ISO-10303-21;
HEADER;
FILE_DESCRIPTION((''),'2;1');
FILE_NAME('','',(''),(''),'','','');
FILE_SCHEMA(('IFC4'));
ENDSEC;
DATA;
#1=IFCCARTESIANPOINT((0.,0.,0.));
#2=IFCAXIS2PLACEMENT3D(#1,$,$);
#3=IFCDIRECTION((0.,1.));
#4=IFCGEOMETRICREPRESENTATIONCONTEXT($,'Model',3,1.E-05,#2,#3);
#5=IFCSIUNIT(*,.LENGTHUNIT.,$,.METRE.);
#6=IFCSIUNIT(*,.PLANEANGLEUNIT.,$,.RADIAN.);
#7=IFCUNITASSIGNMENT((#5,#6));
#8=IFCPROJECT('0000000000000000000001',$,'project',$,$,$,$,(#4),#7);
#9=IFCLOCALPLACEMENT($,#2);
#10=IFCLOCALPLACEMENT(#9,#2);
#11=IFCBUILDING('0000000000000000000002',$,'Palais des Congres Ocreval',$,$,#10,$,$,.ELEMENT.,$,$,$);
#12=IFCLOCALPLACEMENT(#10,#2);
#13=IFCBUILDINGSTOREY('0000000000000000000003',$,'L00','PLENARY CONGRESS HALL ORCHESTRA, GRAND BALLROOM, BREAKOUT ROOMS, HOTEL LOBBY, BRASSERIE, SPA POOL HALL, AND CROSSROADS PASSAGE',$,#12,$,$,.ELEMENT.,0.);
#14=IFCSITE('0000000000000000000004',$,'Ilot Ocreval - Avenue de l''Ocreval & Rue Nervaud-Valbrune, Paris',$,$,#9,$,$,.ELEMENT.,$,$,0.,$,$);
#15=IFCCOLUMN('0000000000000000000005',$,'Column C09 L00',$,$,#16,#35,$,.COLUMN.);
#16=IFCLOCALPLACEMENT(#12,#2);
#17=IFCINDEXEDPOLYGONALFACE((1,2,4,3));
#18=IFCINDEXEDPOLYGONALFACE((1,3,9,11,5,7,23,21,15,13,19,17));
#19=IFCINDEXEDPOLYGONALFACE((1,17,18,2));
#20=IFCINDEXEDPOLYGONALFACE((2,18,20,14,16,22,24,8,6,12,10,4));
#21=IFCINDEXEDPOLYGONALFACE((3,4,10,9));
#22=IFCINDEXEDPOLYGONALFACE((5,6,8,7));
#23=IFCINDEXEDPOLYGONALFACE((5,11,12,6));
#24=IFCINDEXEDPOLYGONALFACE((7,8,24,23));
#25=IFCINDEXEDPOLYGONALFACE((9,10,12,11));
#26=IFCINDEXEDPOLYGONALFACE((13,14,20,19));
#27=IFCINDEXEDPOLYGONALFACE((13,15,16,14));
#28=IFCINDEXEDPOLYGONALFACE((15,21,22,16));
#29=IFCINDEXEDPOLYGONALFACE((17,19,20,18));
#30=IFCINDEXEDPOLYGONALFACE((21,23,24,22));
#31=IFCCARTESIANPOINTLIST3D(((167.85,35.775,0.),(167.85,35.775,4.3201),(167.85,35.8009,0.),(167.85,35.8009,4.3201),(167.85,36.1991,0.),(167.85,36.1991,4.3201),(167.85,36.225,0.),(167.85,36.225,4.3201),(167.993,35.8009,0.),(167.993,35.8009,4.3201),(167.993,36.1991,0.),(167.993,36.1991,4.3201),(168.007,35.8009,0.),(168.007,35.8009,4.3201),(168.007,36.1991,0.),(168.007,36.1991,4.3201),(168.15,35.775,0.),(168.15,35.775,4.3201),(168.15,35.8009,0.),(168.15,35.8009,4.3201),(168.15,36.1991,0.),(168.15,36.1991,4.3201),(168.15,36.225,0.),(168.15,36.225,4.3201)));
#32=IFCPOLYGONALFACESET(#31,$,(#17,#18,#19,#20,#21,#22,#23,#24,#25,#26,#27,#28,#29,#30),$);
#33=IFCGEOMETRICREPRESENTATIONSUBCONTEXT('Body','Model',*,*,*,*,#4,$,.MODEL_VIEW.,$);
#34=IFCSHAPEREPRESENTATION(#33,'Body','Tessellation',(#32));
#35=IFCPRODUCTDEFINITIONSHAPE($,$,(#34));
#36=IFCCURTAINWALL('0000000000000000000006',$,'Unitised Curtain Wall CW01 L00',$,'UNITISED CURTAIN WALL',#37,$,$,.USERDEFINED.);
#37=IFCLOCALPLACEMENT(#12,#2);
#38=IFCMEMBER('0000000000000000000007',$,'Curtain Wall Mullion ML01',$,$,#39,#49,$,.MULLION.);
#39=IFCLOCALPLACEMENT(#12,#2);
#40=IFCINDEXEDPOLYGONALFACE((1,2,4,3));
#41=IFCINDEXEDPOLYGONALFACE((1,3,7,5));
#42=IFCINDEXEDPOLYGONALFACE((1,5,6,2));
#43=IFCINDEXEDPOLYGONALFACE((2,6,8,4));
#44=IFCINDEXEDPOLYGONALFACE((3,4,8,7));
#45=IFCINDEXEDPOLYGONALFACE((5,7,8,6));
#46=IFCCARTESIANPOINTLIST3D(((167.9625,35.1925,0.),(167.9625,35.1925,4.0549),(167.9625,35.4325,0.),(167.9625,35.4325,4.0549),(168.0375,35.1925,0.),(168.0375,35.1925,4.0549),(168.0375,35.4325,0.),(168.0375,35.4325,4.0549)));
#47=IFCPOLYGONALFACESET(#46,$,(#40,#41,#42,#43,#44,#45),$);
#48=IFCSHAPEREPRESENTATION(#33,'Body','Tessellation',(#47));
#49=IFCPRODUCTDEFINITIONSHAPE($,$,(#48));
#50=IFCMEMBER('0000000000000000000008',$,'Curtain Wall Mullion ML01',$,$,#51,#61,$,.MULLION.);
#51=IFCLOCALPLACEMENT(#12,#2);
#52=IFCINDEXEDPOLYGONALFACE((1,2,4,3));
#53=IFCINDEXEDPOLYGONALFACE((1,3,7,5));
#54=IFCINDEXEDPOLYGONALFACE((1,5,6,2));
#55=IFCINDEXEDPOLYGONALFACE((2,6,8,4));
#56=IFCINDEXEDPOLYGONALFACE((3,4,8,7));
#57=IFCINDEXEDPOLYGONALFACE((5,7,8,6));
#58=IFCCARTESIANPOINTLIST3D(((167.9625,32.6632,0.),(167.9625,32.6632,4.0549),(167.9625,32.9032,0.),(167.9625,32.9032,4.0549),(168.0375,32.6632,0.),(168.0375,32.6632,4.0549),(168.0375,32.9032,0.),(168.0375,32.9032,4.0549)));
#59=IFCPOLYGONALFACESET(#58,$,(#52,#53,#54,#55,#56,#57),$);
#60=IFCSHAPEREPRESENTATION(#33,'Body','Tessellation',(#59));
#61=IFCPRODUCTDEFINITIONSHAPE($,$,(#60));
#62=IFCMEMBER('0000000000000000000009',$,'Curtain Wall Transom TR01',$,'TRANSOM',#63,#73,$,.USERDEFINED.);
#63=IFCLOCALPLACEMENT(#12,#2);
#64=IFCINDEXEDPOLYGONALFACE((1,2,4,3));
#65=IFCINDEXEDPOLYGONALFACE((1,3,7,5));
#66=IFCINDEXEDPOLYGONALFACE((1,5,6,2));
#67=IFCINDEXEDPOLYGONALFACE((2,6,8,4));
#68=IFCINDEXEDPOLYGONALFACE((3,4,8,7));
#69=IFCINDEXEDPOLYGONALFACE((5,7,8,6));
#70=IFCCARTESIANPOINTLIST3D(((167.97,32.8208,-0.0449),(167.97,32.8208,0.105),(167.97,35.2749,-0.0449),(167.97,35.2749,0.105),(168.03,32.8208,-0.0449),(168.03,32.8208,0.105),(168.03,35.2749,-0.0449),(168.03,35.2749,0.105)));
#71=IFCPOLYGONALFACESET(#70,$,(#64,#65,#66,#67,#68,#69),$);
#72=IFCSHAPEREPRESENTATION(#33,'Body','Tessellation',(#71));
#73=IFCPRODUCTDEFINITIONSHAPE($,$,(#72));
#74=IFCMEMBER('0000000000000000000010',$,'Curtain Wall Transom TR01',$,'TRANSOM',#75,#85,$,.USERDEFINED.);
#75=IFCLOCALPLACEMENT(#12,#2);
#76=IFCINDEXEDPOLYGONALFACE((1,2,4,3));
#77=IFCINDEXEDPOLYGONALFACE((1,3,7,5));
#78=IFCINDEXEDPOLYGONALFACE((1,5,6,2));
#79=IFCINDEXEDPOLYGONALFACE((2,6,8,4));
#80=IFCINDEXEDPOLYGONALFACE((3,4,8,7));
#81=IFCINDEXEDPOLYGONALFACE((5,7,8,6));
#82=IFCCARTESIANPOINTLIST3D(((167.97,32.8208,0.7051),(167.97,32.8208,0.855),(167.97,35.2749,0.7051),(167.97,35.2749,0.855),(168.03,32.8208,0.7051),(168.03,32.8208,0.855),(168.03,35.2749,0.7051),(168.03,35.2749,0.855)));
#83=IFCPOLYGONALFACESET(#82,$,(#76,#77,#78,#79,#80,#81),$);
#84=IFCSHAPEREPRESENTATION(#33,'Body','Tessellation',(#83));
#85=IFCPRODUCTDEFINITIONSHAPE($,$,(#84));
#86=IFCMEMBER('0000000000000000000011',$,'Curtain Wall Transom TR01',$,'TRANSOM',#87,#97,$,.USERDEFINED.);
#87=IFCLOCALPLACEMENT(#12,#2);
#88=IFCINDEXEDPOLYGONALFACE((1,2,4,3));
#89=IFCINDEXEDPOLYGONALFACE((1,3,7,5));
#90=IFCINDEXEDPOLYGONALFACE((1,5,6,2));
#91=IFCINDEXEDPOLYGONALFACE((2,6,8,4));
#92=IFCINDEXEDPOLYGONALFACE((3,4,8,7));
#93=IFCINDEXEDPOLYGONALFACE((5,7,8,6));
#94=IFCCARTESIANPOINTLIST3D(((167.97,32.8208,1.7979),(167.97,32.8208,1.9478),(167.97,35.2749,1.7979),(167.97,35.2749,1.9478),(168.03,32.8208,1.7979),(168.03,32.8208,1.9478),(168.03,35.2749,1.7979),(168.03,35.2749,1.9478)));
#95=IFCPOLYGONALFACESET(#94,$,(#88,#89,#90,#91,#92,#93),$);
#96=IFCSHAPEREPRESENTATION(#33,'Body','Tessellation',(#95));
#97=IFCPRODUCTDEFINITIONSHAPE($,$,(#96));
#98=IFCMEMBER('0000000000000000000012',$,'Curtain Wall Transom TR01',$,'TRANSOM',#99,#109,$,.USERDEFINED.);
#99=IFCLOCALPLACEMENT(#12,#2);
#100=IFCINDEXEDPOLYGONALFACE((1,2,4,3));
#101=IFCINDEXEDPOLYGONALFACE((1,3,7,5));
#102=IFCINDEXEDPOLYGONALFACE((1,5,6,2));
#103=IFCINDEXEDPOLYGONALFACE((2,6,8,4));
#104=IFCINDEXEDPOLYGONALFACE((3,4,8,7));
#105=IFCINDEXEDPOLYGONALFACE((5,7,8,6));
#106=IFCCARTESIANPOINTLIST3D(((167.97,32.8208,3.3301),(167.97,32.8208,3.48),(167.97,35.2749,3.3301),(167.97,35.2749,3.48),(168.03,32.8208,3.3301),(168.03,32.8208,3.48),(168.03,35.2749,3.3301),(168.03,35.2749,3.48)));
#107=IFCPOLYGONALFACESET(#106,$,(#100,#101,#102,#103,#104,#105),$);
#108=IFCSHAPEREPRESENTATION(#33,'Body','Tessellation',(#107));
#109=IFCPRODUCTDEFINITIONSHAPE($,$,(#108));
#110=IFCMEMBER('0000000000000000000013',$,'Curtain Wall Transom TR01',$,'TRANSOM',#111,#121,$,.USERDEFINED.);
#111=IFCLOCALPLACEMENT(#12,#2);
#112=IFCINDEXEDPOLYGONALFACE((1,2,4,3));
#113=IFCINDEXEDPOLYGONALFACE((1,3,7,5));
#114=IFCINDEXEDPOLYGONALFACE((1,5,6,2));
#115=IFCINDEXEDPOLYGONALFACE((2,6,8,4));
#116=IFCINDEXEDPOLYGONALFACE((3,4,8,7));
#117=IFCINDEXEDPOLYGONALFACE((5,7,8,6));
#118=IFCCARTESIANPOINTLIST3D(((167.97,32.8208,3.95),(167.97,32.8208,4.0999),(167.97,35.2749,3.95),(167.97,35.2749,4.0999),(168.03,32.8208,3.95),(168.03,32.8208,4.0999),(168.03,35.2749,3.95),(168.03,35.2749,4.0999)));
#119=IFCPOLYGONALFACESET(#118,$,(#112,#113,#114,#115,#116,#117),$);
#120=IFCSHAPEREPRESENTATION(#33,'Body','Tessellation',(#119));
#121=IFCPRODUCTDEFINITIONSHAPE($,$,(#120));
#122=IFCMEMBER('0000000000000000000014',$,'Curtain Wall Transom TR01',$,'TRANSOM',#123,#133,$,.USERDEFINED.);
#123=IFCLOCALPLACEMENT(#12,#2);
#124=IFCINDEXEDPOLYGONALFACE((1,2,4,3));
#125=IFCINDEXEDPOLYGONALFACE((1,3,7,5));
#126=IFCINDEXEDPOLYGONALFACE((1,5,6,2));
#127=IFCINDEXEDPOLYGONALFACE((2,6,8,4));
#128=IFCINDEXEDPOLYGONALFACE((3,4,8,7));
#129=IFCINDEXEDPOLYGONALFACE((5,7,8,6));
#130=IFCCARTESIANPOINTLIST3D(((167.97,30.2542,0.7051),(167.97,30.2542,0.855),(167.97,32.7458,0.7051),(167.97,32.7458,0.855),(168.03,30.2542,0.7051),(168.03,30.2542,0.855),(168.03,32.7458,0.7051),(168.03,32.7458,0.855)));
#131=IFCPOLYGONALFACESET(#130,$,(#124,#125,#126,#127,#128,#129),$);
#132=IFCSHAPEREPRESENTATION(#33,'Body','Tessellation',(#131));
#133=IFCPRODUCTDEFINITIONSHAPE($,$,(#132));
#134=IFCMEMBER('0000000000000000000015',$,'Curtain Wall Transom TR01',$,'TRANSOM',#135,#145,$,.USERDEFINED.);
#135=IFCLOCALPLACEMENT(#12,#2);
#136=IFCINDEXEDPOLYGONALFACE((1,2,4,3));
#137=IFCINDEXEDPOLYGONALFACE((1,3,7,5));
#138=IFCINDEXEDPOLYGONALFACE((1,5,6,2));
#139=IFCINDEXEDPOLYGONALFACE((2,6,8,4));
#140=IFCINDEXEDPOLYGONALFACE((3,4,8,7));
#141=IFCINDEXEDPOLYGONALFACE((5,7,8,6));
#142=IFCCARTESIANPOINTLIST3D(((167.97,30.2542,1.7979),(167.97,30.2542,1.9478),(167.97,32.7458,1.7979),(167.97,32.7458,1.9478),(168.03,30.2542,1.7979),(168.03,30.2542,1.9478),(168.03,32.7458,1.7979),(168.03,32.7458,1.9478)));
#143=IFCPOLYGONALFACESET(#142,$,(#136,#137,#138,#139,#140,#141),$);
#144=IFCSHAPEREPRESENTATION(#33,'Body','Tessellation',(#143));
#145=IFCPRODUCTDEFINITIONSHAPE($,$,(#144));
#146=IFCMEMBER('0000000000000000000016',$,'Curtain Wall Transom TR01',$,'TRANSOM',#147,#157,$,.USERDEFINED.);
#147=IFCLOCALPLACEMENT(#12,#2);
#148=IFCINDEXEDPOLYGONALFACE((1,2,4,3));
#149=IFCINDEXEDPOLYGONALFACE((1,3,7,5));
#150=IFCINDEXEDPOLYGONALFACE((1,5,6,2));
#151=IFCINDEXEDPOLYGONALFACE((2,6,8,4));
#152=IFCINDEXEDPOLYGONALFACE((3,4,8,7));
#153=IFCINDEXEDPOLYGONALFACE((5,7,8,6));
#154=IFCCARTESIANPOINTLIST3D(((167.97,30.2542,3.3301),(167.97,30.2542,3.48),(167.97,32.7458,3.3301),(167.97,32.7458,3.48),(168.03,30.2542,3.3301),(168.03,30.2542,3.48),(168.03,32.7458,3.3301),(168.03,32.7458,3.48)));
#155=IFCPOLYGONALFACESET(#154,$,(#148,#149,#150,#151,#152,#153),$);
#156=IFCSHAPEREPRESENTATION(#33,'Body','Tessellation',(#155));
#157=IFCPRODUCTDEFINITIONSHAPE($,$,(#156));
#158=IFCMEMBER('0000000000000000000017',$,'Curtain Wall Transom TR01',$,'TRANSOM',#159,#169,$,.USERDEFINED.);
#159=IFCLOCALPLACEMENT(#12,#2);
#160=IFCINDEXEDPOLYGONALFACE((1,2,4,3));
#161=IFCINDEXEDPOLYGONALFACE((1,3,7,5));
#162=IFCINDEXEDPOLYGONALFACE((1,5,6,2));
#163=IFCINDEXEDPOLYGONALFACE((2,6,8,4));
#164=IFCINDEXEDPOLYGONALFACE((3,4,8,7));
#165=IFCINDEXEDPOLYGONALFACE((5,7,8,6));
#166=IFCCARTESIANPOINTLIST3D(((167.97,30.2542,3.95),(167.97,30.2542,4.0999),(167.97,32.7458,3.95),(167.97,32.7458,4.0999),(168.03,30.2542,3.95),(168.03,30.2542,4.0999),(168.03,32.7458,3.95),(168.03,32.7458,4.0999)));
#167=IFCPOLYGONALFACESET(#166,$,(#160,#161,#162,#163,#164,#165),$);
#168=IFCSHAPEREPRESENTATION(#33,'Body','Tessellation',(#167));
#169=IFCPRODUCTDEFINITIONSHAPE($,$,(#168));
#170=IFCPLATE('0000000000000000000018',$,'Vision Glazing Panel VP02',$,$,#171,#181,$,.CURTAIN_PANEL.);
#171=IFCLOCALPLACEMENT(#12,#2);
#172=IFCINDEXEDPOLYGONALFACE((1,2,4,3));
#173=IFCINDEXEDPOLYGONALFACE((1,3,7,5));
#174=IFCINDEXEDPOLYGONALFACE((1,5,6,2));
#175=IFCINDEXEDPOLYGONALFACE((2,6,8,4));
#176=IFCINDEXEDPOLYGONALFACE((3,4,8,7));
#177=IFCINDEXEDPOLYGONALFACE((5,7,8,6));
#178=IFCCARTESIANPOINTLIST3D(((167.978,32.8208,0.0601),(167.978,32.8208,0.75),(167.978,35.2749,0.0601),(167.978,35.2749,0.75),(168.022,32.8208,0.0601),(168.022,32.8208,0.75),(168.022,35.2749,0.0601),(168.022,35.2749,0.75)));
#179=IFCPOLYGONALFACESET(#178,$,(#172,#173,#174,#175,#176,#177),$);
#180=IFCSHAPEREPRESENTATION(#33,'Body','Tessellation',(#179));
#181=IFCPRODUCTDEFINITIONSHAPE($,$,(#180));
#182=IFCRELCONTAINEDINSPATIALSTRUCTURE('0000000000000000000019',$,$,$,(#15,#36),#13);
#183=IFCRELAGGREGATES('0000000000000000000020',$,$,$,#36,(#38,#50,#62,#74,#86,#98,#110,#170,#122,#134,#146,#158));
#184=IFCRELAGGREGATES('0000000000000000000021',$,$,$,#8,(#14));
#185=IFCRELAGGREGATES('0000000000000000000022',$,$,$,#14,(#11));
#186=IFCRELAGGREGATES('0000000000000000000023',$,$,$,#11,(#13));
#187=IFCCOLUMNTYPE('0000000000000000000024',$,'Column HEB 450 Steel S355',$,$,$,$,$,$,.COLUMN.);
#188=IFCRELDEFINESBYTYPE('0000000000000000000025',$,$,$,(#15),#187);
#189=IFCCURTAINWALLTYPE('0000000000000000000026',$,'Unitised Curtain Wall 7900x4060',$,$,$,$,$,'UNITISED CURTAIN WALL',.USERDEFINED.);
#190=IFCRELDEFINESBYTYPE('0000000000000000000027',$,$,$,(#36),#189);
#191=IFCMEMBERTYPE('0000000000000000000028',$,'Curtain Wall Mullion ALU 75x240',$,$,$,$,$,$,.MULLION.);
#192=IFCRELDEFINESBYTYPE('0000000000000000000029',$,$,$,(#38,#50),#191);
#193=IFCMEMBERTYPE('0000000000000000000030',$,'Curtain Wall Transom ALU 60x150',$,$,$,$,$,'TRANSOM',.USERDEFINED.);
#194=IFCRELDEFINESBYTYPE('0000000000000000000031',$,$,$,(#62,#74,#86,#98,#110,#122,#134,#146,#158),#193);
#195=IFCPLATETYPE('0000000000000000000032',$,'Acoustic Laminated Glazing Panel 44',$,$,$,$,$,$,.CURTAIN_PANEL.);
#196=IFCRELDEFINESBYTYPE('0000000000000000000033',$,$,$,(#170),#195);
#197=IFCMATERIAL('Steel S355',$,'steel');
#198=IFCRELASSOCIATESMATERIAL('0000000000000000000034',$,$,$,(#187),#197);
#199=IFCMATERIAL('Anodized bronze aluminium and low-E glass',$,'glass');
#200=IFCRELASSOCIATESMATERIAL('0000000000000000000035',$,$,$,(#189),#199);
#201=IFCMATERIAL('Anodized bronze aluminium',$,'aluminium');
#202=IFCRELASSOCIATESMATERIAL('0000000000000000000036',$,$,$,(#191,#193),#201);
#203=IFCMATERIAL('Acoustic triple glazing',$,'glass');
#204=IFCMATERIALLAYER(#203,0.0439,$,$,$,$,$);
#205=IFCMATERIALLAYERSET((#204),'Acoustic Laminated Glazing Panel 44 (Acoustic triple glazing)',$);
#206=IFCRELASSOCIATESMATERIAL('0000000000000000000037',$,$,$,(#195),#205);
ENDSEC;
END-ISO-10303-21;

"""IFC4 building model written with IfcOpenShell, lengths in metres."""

from ifc_helpers import new_model, si_unit, direction, frame, origin, origin_2d, place, context, subcontext, project, spatial, rectangle, i_section, extrude, material, layer, layer_set, material_profile, profile_set, type_object, element, aggregate, save


model = new_model("IFC4")

# Units and contexts
model_context = context("Model", 3, precision=1e-05, world=origin(), true_north=direction((0.0, 1.0)))
body_context = subcontext(model_context, "Body", "Model", "MODEL_VIEW")
ifc_project = project(units=[si_unit("LENGTHUNIT", "METRE"), si_unit("PLANEANGLEUNIT", "RADIAN")], contexts=[model_context])

# Site, building, storey
site_placement = place(None, origin())
site = spatial("IfcSite", under=ifc_project, at=site_placement, Name="Ilot Ocreval - Avenue de l'Ocreval & Rue Nervaud-Valbrune, Paris", CompositionType="ELEMENT", RefElevation=0.0)
building_placement = place(site_placement, origin())
building = spatial("IfcBuilding", under=site, at=building_placement, Name="Palais des Congres Ocreval", CompositionType="ELEMENT")
storey_placement = place(building_placement, origin())
storey = spatial("IfcBuildingStorey", under=building, at=storey_placement, Name="L00", Description="PLENARY CONGRESS HALL ORCHESTRA, GRAND BALLROOM, BREAKOUT ROOMS, HOTEL LOBBY, BRASSERIE, SPA POOL HALL, AND CROSSROADS PASSAGE", CompositionType="ELEMENT", Elevation=0.0)

# Column
ifc_material_1 = material(Name="Steel S355", Category="steel")
ifc_material_profile_1 = material_profile(ifc_material_1, i_section(OverallWidth=0.3, OverallDepth=0.45, WebThickness=0.0139, FlangeThickness=0.0259, at=origin_2d()), Name="HEB 450")
ifc_profile_set_1 = profile_set([ifc_material_profile_1], Name="Steel S355")
column_type = type_object("IfcColumnType", Name="Column HEB 450 Steel S355", PredefinedType="COLUMN", material=ifc_profile_set_1)
column_placement = place(storey_placement, frame((168.0, 36.0, 0.0), z_axis=(0.0, 0.0, 1.0), x_axis=(1.0, 0.0, 0.0)))
element("IfcColumn", 1, at=column_placement, inside=storey, type_object=column_type, Name="Column C09 L00", PredefinedType="COLUMN", context=body_context, shape_type="SweptSolid", body=[
    extrude(i_section(OverallWidth=0.3, OverallDepth=0.45, WebThickness=0.0139, FlangeThickness=0.0259, at=origin_2d()), origin(), (0.0, 0.0, 1.0), 4.3201),
])

# Curtain wall, members, plate
ifc_material_2 = material(Name="Anodized bronze aluminium and low-E glass", Category="glass")
curtain_wall_type = type_object("IfcCurtainWallType", Name="Unitised Curtain Wall 7900x4060", ElementType="UNITISED CURTAIN WALL", PredefinedType="USERDEFINED", material=ifc_material_2)
curtain_wall_placement = place(storey_placement, origin())
curtain_wall = element("IfcCurtainWall", 2, at=curtain_wall_placement, inside=storey, type_object=curtain_wall_type, Name="Unitised Curtain Wall CW01 L00", ObjectType="UNITISED CURTAIN WALL", PredefinedType="USERDEFINED")
ifc_material_3 = material(Name="Anodized bronze aluminium", Category="aluminium")
ifc_material_profile_2 = material_profile(ifc_material_3, rectangle(XDim=0.075, YDim=0.24, at=origin_2d()), Name="ALU 75x240")
ifc_profile_set_2 = profile_set([ifc_material_profile_2], Name="Anodized bronze aluminium")
member_type_1 = type_object("IfcMemberType", Name="Curtain Wall Mullion ALU 75x240", PredefinedType="MULLION", material=ifc_profile_set_2)
member_1_placement = place(storey_placement, frame((168.0, 35.3125, 0.0), z_axis=(0.0, 0.0, 1.0), x_axis=(1.0, 0.0, 0.0)))
member_1 = element("IfcMember", 3, at=member_1_placement, type_object=member_type_1, Name="Curtain Wall Mullion ML01", PredefinedType="MULLION", context=body_context, shape_type="SweptSolid", body=[
    extrude(rectangle(XDim=0.075, YDim=0.24, at=origin_2d()), origin(), (0.0, 0.0, 1.0), 4.0549),
])
member_2_placement = place(storey_placement, frame((168.0, 32.7832, 0.0), z_axis=(0.0, 0.0, 1.0), x_axis=(1.0, 0.0, 0.0)))
member_2 = element("IfcMember", 4, at=member_2_placement, type_object=member_type_1, Name="Curtain Wall Mullion ML01", PredefinedType="MULLION", context=body_context, shape_type="SweptSolid", body=[
    extrude(rectangle(XDim=0.075, YDim=0.24, at=origin_2d()), origin(), (0.0, 0.0, 1.0), 4.0549),
])
ifc_material_profile_3 = material_profile(ifc_material_3, rectangle(XDim=0.0601, YDim=0.1499, at=origin_2d()), Name="ALU 60x150")
ifc_profile_set_3 = profile_set([ifc_material_profile_3], Name="Anodized bronze aluminium")
member_type_2 = type_object("IfcMemberType", Name="Curtain Wall Transom ALU 60x150", ElementType="TRANSOM", PredefinedType="USERDEFINED", material=ifc_profile_set_3)
member_3_placement = place(storey_placement, frame((168.0, 35.2749, 0.03), z_axis=(0.0, -1.0, 0.0), x_axis=(1.0, 0.0, 0.0)))
member_3 = element("IfcMember", 5, at=member_3_placement, type_object=member_type_2, Name="Curtain Wall Transom TR01", ObjectType="TRANSOM", PredefinedType="USERDEFINED", context=body_context, shape_type="SweptSolid", body=[
    extrude(rectangle(XDim=0.0601, YDim=0.1499, at=origin_2d()), origin(), (0.0, 0.0, 1.0), 2.4541),
])
member_4_placement = place(storey_placement, frame((168.0, 35.2749, 0.78), z_axis=(0.0, -1.0, 0.0), x_axis=(1.0, 0.0, 0.0)))
member_4 = element("IfcMember", 6, at=member_4_placement, type_object=member_type_2, Name="Curtain Wall Transom TR01", ObjectType="TRANSOM", PredefinedType="USERDEFINED", context=body_context, shape_type="SweptSolid", body=[
    extrude(rectangle(XDim=0.0601, YDim=0.1499, at=origin_2d()), origin(), (0.0, 0.0, 1.0), 2.4541),
])
member_5_placement = place(storey_placement, frame((168.0, 35.2749, 1.8728), z_axis=(0.0, -1.0, 0.0), x_axis=(1.0, 0.0, 0.0)))
member_5 = element("IfcMember", 7, at=member_5_placement, type_object=member_type_2, Name="Curtain Wall Transom TR01", ObjectType="TRANSOM", PredefinedType="USERDEFINED", context=body_context, shape_type="SweptSolid", body=[
    extrude(rectangle(XDim=0.0601, YDim=0.1499, at=origin_2d()), origin(), (0.0, 0.0, 1.0), 2.4541),
])
member_6_placement = place(storey_placement, frame((168.0, 35.2749, 3.405), z_axis=(0.0, -1.0, 0.0), x_axis=(1.0, 0.0, 0.0)))
member_6 = element("IfcMember", 8, at=member_6_placement, type_object=member_type_2, Name="Curtain Wall Transom TR01", ObjectType="TRANSOM", PredefinedType="USERDEFINED", context=body_context, shape_type="SweptSolid", body=[
    extrude(rectangle(XDim=0.0601, YDim=0.1499, at=origin_2d()), origin(), (0.0, 0.0, 1.0), 2.4541),
])
member_7_placement = place(storey_placement, frame((168.0, 35.2749, 4.0249), z_axis=(0.0, -1.0, 0.0), x_axis=(1.0, 0.0, 0.0)))
member_7 = element("IfcMember", 9, at=member_7_placement, type_object=member_type_2, Name="Curtain Wall Transom TR01", ObjectType="TRANSOM", PredefinedType="USERDEFINED", context=body_context, shape_type="SweptSolid", body=[
    extrude(rectangle(XDim=0.0601, YDim=0.1499, at=origin_2d()), origin(), (0.0, 0.0, 1.0), 2.4541),
])
member_8_placement = place(storey_placement, frame((168.0, 32.7458, 0.78), z_axis=(0.0, -1.0, 0.0), x_axis=(1.0, 0.0, 0.0)))
member_8 = element("IfcMember", 10, at=member_8_placement, type_object=member_type_2, Name="Curtain Wall Transom TR01", ObjectType="TRANSOM", PredefinedType="USERDEFINED", context=body_context, shape_type="SweptSolid", body=[
    extrude(rectangle(XDim=0.0601, YDim=0.1499, at=origin_2d()), origin(), (0.0, 0.0, 1.0), 2.4917),
])
member_9_placement = place(storey_placement, frame((168.0, 32.7458, 1.8728), z_axis=(0.0, -1.0, 0.0), x_axis=(1.0, 0.0, 0.0)))
member_9 = element("IfcMember", 11, at=member_9_placement, type_object=member_type_2, Name="Curtain Wall Transom TR01", ObjectType="TRANSOM", PredefinedType="USERDEFINED", context=body_context, shape_type="SweptSolid", body=[
    extrude(rectangle(XDim=0.0601, YDim=0.1499, at=origin_2d()), origin(), (0.0, 0.0, 1.0), 2.4917),
])
member_10_placement = place(storey_placement, frame((168.0, 32.7458, 3.405), z_axis=(0.0, -1.0, 0.0), x_axis=(1.0, 0.0, 0.0)))
member_10 = element("IfcMember", 12, at=member_10_placement, type_object=member_type_2, Name="Curtain Wall Transom TR01", ObjectType="TRANSOM", PredefinedType="USERDEFINED", context=body_context, shape_type="SweptSolid", body=[
    extrude(rectangle(XDim=0.0601, YDim=0.1499, at=origin_2d()), origin(), (0.0, 0.0, 1.0), 2.4917),
])
member_11_placement = place(storey_placement, frame((168.0, 32.7458, 4.0249), z_axis=(0.0, -1.0, 0.0), x_axis=(1.0, 0.0, 0.0)))
member_11 = element("IfcMember", 13, at=member_11_placement, type_object=member_type_2, Name="Curtain Wall Transom TR01", ObjectType="TRANSOM", PredefinedType="USERDEFINED", context=body_context, shape_type="SweptSolid", body=[
    extrude(rectangle(XDim=0.0601, YDim=0.1499, at=origin_2d()), origin(), (0.0, 0.0, 1.0), 2.4917),
])
ifc_material_4 = material(Name="Acoustic triple glazing", Category="glass")
ifc_layer_1 = layer(ifc_material_4, 0.0439)
ifc_layer_set_1 = layer_set([ifc_layer_1], Name="Acoustic Laminated Glazing Panel 44 (Acoustic triple glazing)")
plate_type_1 = type_object("IfcPlateType", Name="Acoustic Laminated Glazing Panel 44", PredefinedType="CURTAIN_PANEL", material=ifc_layer_set_1)
plate_1_placement = place(storey_placement, frame((168.0, 34.0479, 0.0601), z_axis=(0.0, 0.0, 1.0), x_axis=(0.0, -1.0, 0.0)))
plate_1 = element("IfcPlate", 14, at=plate_1_placement, type_object=plate_type_1, Name="Vision Glazing Panel VP02", PredefinedType="CURTAIN_PANEL", context=body_context, shape_type="SweptSolid", body=[
    extrude(rectangle(XDim=2.4541, YDim=0.0439, at=origin_2d()), origin(), (0.0, 0.0, 1.0), 0.6899),
])
aggregate(curtain_wall, [member_1, member_2, member_3, member_4, member_5, member_6, member_7, plate_1, member_8, member_9, member_10, member_11])

save(model, "model.ifc")
